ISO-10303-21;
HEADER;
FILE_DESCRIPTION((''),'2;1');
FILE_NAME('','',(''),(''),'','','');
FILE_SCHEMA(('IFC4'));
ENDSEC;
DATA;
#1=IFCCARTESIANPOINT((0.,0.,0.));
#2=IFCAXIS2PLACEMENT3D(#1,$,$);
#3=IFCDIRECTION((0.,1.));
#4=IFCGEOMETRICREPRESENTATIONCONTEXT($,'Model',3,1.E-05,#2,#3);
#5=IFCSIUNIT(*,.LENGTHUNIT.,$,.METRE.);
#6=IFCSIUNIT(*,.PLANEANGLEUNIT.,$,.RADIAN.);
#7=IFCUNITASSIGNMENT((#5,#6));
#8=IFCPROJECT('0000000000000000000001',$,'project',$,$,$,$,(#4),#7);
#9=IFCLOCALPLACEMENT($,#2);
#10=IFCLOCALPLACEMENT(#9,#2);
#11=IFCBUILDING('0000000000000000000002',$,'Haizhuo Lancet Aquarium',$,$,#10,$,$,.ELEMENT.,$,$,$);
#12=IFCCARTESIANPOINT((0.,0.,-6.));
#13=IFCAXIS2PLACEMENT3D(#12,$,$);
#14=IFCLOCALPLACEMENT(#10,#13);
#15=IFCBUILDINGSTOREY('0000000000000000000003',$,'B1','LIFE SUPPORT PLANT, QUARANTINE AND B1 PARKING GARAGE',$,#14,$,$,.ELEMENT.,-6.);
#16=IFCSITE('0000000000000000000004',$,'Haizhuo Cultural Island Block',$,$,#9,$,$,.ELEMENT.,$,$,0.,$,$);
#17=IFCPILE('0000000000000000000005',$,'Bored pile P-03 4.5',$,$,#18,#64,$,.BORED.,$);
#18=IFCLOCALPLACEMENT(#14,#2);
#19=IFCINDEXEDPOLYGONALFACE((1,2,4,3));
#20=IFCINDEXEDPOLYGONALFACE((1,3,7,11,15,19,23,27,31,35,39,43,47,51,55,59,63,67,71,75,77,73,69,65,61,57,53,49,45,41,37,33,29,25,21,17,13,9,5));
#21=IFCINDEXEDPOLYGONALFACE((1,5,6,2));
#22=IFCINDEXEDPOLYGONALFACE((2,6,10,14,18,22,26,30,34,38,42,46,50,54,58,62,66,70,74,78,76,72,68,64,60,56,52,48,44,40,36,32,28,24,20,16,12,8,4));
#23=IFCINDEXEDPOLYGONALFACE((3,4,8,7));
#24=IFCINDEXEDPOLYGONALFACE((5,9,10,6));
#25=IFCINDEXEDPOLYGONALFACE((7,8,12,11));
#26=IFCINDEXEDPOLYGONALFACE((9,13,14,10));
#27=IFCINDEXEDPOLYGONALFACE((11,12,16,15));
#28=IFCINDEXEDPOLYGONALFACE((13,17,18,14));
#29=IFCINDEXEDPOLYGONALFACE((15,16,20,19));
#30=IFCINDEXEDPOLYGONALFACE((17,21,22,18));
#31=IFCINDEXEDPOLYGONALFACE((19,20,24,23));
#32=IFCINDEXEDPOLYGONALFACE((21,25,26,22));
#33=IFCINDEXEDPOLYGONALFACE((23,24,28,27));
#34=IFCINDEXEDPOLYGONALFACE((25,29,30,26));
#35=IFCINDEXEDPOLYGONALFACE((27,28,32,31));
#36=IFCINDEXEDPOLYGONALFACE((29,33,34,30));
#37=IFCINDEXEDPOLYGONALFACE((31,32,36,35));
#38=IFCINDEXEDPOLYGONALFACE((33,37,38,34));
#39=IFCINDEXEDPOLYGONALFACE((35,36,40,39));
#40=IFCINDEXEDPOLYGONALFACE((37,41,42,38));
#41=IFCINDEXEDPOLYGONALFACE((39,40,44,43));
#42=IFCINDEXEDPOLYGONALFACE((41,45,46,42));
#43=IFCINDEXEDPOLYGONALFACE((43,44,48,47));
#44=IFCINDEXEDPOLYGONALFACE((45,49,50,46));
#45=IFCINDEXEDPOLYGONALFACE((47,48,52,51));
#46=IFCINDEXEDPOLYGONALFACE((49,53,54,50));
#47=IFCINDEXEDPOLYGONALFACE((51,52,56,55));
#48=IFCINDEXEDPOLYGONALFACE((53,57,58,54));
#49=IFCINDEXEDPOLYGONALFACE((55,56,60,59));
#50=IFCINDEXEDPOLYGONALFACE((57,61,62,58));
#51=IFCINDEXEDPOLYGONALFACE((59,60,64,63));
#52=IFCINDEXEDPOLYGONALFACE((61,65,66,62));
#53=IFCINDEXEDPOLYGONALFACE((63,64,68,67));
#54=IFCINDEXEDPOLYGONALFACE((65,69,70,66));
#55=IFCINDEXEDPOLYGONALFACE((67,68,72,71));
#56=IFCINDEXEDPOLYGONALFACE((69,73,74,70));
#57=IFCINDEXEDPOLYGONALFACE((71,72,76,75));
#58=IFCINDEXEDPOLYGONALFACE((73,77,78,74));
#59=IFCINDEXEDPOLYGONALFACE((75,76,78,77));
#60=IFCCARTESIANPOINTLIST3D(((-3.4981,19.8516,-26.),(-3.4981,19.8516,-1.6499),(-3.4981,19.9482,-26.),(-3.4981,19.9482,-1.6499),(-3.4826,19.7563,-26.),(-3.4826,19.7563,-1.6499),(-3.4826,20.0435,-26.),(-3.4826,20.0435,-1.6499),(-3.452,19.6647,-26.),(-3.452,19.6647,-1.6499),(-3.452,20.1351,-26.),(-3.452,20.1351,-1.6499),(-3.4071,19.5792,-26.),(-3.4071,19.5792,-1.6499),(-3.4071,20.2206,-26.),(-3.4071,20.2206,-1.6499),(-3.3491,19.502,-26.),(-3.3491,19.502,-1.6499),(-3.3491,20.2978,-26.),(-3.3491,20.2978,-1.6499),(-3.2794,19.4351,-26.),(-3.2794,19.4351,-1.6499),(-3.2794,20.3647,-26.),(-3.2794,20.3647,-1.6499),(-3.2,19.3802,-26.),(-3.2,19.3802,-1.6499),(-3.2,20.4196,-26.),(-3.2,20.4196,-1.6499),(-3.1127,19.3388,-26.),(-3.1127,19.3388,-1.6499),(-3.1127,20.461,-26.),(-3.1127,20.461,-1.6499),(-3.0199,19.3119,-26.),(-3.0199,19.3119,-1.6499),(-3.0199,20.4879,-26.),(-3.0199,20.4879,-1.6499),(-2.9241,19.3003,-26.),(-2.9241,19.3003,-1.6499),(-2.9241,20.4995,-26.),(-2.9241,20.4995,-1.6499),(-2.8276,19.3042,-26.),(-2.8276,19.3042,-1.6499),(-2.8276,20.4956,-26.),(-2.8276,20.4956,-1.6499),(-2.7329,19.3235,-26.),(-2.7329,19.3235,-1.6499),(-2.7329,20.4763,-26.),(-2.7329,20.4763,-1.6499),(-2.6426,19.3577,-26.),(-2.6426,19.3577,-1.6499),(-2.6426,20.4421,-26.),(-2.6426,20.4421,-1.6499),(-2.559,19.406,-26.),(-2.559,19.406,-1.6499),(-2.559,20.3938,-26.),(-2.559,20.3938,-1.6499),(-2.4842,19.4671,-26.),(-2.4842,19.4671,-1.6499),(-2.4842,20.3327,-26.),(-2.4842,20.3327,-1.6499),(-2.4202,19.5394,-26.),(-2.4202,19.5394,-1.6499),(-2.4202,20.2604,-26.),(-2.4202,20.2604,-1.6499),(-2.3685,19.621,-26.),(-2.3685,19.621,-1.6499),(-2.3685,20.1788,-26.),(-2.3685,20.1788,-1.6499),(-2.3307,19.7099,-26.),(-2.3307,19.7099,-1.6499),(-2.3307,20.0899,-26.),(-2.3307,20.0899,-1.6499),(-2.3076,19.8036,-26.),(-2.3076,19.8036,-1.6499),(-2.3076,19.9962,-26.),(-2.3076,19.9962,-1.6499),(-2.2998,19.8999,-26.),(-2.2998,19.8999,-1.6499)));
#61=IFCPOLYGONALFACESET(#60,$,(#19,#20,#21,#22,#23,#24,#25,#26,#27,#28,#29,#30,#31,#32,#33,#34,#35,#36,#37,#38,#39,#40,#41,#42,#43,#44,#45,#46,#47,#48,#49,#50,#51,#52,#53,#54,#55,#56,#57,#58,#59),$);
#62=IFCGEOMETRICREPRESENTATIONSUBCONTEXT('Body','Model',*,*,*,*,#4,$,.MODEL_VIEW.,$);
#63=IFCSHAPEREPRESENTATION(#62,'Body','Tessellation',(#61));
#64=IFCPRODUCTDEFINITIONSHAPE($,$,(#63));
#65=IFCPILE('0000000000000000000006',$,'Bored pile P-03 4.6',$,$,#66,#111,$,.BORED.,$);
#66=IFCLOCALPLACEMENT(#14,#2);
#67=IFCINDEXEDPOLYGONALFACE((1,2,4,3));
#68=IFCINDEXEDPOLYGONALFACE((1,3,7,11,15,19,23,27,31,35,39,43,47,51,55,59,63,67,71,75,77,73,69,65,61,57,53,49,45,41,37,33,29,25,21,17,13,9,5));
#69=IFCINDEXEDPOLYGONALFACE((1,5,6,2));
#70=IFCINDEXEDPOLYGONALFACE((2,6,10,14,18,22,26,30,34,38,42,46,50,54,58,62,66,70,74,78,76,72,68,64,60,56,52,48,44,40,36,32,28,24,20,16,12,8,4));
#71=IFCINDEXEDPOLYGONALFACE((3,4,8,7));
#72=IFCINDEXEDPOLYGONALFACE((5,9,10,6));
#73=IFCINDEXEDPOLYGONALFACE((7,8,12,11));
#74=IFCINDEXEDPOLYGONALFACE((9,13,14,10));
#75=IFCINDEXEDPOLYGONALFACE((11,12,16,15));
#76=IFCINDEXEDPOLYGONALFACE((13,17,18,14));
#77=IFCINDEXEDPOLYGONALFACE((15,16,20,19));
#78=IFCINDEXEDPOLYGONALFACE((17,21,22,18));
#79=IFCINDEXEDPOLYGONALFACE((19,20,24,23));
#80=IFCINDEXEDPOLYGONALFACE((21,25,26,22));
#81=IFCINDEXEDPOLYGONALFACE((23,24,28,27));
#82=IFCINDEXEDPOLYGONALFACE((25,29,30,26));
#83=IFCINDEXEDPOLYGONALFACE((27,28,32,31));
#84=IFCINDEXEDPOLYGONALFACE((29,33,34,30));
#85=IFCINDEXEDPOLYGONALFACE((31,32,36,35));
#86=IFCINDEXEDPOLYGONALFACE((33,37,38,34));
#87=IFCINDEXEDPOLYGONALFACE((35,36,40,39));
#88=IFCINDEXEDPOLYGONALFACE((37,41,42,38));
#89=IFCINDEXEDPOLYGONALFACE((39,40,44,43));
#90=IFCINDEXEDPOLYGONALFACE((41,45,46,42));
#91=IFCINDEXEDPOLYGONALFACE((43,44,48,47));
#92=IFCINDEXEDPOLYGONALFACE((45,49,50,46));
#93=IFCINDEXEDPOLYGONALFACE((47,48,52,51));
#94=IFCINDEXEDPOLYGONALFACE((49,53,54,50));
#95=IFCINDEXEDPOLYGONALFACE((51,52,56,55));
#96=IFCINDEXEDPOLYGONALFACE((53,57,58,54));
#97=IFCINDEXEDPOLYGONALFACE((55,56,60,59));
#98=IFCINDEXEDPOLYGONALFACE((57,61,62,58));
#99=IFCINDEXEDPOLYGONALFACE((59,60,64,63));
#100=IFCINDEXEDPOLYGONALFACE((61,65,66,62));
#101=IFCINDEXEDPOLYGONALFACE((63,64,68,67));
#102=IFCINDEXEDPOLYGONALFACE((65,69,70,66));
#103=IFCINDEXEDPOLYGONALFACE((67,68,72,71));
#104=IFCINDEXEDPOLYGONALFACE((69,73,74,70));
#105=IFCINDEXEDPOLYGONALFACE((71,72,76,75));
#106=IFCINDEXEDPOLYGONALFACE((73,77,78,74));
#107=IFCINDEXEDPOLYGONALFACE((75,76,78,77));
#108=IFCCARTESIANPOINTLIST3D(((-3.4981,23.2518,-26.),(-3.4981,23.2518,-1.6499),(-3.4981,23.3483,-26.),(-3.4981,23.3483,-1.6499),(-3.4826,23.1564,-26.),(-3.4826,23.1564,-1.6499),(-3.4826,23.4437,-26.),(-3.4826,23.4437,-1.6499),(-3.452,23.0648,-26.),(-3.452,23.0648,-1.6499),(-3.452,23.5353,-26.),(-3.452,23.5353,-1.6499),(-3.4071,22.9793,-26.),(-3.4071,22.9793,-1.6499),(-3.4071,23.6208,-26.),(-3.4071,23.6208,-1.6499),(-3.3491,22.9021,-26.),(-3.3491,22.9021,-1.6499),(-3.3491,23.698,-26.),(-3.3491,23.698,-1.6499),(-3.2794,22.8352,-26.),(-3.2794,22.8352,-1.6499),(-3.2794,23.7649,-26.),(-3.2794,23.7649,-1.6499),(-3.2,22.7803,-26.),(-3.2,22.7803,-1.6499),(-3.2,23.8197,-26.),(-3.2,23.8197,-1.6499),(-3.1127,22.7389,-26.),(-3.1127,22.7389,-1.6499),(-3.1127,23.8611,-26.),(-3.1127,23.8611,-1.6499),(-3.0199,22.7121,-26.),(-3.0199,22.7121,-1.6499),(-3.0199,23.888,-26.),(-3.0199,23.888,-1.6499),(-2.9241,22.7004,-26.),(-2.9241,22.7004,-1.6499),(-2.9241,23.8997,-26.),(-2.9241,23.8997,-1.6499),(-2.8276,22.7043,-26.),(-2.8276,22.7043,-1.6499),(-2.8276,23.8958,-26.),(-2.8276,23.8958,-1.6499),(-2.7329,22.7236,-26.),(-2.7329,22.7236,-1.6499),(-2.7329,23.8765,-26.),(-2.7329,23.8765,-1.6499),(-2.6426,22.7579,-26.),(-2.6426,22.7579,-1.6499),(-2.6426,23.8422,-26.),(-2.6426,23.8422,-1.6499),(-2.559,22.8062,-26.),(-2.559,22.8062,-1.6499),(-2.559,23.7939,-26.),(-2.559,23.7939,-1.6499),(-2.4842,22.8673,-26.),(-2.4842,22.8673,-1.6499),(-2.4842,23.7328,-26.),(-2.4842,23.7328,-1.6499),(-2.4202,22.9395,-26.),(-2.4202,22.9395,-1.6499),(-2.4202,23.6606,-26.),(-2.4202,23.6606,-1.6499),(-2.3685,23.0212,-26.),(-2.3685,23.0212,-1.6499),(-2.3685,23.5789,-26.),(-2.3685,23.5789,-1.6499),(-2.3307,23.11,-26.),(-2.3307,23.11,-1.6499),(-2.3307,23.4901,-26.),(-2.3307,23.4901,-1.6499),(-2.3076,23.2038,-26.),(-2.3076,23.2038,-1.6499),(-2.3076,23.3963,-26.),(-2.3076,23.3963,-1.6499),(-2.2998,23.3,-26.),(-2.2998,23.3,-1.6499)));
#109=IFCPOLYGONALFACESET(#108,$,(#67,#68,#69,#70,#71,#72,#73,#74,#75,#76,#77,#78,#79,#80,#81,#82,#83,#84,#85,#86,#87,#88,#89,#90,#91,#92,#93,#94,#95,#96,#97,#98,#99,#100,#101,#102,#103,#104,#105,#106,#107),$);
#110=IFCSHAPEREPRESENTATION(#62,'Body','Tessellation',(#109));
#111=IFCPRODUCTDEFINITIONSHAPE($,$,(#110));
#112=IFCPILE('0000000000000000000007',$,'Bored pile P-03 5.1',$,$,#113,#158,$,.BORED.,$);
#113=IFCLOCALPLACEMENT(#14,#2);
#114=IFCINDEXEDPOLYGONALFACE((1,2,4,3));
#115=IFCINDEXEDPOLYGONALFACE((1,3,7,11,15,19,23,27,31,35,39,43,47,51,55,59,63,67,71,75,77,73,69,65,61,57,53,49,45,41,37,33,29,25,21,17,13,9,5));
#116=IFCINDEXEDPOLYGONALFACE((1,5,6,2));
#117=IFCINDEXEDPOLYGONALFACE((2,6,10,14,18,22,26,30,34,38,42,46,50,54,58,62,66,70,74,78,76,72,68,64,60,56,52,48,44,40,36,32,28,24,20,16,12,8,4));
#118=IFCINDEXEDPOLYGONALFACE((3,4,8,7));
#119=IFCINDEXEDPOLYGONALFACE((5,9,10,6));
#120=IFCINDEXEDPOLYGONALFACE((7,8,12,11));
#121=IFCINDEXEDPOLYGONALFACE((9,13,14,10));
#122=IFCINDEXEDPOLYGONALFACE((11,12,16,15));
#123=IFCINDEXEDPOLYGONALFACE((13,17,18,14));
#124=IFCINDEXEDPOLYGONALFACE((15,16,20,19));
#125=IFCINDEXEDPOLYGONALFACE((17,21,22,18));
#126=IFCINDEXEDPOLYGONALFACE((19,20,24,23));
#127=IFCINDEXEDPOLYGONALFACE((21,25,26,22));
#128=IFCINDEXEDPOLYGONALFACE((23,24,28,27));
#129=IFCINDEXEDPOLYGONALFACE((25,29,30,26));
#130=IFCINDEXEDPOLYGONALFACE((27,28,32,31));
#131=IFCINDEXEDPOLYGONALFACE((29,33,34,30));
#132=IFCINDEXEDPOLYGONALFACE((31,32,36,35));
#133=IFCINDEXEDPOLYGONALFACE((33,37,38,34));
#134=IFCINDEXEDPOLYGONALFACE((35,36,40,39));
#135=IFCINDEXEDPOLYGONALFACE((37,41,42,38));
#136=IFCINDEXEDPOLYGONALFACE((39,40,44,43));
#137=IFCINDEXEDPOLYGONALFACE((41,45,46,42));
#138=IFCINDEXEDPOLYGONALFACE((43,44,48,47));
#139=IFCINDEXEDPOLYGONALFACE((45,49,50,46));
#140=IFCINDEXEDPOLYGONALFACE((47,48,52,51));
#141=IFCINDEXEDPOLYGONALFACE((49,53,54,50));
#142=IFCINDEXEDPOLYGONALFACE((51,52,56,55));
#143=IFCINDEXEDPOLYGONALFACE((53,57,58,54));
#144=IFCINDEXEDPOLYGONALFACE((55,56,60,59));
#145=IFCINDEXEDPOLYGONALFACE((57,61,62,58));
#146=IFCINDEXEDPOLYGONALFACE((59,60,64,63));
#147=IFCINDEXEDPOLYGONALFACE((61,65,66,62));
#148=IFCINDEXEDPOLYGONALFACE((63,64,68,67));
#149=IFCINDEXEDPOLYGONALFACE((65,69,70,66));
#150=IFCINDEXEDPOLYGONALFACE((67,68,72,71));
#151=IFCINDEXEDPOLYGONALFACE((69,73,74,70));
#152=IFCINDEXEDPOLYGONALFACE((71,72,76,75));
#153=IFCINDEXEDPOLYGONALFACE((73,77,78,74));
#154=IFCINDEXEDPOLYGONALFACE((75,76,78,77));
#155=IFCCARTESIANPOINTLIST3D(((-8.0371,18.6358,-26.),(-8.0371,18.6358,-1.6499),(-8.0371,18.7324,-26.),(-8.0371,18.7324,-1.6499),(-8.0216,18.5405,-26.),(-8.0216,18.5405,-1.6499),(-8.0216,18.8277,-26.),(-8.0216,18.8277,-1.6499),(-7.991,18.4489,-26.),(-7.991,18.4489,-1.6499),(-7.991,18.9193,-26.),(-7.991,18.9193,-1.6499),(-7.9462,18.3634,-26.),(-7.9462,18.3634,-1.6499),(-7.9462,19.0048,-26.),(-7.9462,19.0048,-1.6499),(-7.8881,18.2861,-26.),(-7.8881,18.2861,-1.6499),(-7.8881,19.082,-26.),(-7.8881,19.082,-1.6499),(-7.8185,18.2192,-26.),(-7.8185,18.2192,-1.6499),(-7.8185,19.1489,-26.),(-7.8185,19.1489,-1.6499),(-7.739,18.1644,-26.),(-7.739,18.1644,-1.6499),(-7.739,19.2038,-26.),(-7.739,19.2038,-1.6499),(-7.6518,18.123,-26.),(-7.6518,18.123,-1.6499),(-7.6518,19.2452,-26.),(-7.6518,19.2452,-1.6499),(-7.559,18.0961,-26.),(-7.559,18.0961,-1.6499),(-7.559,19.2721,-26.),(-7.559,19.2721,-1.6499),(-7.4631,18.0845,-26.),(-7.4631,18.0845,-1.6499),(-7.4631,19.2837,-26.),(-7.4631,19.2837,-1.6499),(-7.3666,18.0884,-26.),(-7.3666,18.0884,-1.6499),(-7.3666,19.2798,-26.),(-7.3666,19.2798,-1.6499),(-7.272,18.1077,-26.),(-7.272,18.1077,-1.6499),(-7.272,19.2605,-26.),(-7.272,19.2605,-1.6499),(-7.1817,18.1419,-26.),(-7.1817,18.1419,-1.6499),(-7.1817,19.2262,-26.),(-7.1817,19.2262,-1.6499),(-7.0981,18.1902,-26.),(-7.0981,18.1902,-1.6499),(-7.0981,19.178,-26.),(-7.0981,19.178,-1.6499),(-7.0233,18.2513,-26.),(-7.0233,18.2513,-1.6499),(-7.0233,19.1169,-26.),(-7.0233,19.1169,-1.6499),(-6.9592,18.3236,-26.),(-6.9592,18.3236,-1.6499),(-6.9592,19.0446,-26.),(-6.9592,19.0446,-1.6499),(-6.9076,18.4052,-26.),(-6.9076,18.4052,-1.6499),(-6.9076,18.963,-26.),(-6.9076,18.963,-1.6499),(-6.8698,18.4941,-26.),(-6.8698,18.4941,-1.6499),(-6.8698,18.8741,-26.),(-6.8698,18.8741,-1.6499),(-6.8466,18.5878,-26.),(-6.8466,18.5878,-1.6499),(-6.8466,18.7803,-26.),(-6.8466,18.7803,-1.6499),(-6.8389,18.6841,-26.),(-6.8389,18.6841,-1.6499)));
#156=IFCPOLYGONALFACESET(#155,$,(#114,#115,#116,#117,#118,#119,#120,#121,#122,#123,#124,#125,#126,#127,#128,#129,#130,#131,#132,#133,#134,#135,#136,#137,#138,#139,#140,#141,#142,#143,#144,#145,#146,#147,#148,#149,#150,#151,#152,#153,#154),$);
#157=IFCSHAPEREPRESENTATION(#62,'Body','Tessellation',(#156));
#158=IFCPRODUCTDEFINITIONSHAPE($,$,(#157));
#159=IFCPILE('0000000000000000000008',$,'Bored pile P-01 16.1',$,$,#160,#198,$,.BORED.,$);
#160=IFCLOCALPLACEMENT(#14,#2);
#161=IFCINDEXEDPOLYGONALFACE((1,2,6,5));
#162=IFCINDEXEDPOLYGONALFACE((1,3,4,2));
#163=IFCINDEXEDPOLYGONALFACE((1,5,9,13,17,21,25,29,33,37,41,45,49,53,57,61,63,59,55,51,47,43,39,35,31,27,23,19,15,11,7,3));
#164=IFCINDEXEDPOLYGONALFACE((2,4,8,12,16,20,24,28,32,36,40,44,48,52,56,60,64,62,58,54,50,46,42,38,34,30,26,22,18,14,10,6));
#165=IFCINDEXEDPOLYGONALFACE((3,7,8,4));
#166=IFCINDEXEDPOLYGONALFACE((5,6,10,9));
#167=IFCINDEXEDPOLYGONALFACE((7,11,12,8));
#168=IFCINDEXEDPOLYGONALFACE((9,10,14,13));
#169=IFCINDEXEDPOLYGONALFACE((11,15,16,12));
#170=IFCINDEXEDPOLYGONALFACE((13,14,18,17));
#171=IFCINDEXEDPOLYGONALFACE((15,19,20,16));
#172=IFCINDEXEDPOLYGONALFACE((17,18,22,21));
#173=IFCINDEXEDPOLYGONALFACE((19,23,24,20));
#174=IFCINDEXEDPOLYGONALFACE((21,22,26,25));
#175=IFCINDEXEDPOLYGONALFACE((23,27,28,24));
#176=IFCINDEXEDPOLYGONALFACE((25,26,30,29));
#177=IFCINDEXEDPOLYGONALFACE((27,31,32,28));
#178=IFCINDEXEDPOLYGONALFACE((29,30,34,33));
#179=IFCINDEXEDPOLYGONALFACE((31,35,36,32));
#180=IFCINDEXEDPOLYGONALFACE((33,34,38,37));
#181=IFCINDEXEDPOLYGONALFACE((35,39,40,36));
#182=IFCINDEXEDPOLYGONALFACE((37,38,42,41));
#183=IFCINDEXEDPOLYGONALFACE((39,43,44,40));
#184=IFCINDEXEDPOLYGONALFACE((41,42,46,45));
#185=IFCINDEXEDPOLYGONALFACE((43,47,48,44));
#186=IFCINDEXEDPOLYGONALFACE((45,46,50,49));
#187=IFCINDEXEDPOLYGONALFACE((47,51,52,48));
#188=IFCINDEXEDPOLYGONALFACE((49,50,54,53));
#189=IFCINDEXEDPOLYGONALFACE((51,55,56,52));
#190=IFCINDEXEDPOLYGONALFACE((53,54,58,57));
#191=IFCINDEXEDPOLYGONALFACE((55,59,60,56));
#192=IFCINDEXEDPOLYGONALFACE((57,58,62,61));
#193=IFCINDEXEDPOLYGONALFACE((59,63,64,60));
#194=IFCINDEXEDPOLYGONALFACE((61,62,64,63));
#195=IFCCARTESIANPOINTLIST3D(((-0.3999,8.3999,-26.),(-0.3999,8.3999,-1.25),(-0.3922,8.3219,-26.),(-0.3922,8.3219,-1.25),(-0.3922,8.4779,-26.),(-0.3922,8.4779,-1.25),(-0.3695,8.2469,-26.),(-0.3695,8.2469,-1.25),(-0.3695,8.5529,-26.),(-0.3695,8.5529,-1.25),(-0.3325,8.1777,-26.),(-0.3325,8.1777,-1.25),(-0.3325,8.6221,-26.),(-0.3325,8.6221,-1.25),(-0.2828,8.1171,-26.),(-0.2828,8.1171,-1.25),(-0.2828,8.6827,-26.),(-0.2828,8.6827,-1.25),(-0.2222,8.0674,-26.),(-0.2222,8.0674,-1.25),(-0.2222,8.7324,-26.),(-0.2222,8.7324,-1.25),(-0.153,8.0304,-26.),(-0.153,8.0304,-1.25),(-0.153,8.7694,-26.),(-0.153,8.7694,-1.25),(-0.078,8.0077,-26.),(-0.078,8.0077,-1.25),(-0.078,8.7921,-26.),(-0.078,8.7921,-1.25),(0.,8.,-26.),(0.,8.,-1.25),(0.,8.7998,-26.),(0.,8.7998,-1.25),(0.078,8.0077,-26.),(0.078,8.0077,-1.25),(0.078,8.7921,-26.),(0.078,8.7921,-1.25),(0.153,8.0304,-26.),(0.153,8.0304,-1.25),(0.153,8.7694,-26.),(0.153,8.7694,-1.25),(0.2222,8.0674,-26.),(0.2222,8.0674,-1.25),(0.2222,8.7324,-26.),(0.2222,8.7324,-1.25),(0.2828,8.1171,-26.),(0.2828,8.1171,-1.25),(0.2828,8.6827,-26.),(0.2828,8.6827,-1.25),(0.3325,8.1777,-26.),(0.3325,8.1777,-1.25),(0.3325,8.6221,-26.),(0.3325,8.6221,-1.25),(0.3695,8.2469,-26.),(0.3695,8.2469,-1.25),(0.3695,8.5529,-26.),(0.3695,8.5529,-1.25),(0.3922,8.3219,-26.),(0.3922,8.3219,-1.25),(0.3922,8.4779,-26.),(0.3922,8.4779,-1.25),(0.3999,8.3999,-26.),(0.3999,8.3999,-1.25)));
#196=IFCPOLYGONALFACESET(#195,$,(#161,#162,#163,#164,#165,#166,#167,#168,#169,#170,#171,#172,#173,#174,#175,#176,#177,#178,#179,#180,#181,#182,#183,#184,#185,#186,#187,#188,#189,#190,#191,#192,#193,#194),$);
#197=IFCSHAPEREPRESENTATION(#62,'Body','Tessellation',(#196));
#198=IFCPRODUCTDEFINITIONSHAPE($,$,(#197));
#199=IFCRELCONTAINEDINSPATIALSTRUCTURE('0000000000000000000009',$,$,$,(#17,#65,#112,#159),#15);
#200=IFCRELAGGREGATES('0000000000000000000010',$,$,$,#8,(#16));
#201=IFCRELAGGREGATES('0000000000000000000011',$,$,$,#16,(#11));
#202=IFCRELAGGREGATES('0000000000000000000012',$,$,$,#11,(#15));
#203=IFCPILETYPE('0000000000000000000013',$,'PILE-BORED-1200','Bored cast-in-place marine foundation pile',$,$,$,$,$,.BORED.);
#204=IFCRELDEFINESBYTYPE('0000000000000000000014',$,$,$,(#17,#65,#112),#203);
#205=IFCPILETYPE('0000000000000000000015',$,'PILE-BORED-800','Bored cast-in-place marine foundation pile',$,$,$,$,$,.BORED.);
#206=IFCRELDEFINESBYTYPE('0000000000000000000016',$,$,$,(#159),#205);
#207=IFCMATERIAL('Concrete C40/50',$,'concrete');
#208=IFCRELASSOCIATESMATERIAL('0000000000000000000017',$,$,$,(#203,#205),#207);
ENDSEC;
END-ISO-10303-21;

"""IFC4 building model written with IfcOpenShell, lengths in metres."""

from ifc_helpers import new_model, si_unit, direction, frame, origin, origin_2d, place, context, subcontext, project, spatial, circle, extrude, material, material_profile, profile_set, type_object, element, save


model = new_model("IFC4")

# Units and contexts
model_context = context("Model", 3, precision=1e-05, world=origin(), true_north=direction((0.0, 1.0)))
body_context = subcontext(model_context, "Body", "Model", "MODEL_VIEW")
ifc_project = project(units=[si_unit("LENGTHUNIT", "METRE"), si_unit("PLANEANGLEUNIT", "RADIAN")], contexts=[model_context])

# Site, building, storey
site_placement = place(None, origin())
site = spatial("IfcSite", under=ifc_project, at=site_placement, Name="Haizhuo Cultural Island Block", CompositionType="ELEMENT", RefElevation=0.0)
building_placement = place(site_placement, origin())
building = spatial("IfcBuilding", under=site, at=building_placement, Name="Haizhuo Lancet Aquarium", CompositionType="ELEMENT")
storey_placement = place(building_placement, frame((0.0, 0.0, -6.0)))
storey = spatial("IfcBuildingStorey", under=building, at=storey_placement, Name="B1", Description="LIFE SUPPORT PLANT, QUARANTINE AND B1 PARKING GARAGE", CompositionType="ELEMENT", Elevation=-6.0)

# Shared definitions
ifc_material_1 = material(Name="Concrete C40/50", Category="concrete")

# Piles
ifc_material_profile_1 = material_profile(ifc_material_1, circle(Radius=0.6001, at=origin_2d()), Name="PILE-1200")
ifc_profile_set_1 = profile_set([ifc_material_profile_1], Name="Concrete C40/50")
pile_type_1 = type_object("IfcPileType", Name="PILE-BORED-1200", Description="Bored cast-in-place marine foundation pile", PredefinedType="BORED", material=ifc_profile_set_1)
for number, where, z_axis, x_axis, name in (
    (1, (-2.8999, 19.8999, -1.6499), (0.0, 0.0, -1.0), (1.0, 0.0, 0.0), "Bored pile P-03 4.5"),
    (2, (-2.8999, 23.3, -1.6499), (0.0, 0.0, -1.0), (1.0, 0.0, 0.0), "Bored pile P-03 4.6"),
    (3, (-7.439, 18.6841, -1.6499), (0.0, 0.0, -1.0), (1.0, 0.0, 0.0), "Bored pile P-03 5.1"),
):
    element("IfcPile", number, at=place(storey_placement, frame(where, z_axis=z_axis, x_axis=x_axis)), inside=storey, type_object=pile_type_1, Name=name, PredefinedType="BORED", context=body_context, shape_type="SweptSolid", body=[
        extrude(circle(Radius=0.6001, at=origin_2d()), origin(), (0.0, 0.0, 1.0), 24.3501),
    ])
ifc_material_profile_2 = material_profile(ifc_material_1, circle(Radius=0.3999, at=origin_2d()), Name="PILE-800")
ifc_profile_set_2 = profile_set([ifc_material_profile_2], Name="Concrete C40/50")
pile_type_2 = type_object("IfcPileType", Name="PILE-BORED-800", Description="Bored cast-in-place marine foundation pile", PredefinedType="BORED", material=ifc_profile_set_2)
for number, where, z_axis, x_axis, name in (
    (4, (0.0, 8.3999, -1.25), (0.0, 0.0, -1.0), (1.0, 0.0, 0.0), "Bored pile P-01 16.1"),
):
    element("IfcPile", number, at=place(storey_placement, frame(where, z_axis=z_axis, x_axis=x_axis)), inside=storey, type_object=pile_type_2, Name=name, PredefinedType="BORED", context=body_context, shape_type="SweptSolid", body=[
        extrude(circle(Radius=0.3999, at=origin_2d()), origin(), (0.0, 0.0, 1.0), 24.75),
    ])

save(model, "model.ifc")
